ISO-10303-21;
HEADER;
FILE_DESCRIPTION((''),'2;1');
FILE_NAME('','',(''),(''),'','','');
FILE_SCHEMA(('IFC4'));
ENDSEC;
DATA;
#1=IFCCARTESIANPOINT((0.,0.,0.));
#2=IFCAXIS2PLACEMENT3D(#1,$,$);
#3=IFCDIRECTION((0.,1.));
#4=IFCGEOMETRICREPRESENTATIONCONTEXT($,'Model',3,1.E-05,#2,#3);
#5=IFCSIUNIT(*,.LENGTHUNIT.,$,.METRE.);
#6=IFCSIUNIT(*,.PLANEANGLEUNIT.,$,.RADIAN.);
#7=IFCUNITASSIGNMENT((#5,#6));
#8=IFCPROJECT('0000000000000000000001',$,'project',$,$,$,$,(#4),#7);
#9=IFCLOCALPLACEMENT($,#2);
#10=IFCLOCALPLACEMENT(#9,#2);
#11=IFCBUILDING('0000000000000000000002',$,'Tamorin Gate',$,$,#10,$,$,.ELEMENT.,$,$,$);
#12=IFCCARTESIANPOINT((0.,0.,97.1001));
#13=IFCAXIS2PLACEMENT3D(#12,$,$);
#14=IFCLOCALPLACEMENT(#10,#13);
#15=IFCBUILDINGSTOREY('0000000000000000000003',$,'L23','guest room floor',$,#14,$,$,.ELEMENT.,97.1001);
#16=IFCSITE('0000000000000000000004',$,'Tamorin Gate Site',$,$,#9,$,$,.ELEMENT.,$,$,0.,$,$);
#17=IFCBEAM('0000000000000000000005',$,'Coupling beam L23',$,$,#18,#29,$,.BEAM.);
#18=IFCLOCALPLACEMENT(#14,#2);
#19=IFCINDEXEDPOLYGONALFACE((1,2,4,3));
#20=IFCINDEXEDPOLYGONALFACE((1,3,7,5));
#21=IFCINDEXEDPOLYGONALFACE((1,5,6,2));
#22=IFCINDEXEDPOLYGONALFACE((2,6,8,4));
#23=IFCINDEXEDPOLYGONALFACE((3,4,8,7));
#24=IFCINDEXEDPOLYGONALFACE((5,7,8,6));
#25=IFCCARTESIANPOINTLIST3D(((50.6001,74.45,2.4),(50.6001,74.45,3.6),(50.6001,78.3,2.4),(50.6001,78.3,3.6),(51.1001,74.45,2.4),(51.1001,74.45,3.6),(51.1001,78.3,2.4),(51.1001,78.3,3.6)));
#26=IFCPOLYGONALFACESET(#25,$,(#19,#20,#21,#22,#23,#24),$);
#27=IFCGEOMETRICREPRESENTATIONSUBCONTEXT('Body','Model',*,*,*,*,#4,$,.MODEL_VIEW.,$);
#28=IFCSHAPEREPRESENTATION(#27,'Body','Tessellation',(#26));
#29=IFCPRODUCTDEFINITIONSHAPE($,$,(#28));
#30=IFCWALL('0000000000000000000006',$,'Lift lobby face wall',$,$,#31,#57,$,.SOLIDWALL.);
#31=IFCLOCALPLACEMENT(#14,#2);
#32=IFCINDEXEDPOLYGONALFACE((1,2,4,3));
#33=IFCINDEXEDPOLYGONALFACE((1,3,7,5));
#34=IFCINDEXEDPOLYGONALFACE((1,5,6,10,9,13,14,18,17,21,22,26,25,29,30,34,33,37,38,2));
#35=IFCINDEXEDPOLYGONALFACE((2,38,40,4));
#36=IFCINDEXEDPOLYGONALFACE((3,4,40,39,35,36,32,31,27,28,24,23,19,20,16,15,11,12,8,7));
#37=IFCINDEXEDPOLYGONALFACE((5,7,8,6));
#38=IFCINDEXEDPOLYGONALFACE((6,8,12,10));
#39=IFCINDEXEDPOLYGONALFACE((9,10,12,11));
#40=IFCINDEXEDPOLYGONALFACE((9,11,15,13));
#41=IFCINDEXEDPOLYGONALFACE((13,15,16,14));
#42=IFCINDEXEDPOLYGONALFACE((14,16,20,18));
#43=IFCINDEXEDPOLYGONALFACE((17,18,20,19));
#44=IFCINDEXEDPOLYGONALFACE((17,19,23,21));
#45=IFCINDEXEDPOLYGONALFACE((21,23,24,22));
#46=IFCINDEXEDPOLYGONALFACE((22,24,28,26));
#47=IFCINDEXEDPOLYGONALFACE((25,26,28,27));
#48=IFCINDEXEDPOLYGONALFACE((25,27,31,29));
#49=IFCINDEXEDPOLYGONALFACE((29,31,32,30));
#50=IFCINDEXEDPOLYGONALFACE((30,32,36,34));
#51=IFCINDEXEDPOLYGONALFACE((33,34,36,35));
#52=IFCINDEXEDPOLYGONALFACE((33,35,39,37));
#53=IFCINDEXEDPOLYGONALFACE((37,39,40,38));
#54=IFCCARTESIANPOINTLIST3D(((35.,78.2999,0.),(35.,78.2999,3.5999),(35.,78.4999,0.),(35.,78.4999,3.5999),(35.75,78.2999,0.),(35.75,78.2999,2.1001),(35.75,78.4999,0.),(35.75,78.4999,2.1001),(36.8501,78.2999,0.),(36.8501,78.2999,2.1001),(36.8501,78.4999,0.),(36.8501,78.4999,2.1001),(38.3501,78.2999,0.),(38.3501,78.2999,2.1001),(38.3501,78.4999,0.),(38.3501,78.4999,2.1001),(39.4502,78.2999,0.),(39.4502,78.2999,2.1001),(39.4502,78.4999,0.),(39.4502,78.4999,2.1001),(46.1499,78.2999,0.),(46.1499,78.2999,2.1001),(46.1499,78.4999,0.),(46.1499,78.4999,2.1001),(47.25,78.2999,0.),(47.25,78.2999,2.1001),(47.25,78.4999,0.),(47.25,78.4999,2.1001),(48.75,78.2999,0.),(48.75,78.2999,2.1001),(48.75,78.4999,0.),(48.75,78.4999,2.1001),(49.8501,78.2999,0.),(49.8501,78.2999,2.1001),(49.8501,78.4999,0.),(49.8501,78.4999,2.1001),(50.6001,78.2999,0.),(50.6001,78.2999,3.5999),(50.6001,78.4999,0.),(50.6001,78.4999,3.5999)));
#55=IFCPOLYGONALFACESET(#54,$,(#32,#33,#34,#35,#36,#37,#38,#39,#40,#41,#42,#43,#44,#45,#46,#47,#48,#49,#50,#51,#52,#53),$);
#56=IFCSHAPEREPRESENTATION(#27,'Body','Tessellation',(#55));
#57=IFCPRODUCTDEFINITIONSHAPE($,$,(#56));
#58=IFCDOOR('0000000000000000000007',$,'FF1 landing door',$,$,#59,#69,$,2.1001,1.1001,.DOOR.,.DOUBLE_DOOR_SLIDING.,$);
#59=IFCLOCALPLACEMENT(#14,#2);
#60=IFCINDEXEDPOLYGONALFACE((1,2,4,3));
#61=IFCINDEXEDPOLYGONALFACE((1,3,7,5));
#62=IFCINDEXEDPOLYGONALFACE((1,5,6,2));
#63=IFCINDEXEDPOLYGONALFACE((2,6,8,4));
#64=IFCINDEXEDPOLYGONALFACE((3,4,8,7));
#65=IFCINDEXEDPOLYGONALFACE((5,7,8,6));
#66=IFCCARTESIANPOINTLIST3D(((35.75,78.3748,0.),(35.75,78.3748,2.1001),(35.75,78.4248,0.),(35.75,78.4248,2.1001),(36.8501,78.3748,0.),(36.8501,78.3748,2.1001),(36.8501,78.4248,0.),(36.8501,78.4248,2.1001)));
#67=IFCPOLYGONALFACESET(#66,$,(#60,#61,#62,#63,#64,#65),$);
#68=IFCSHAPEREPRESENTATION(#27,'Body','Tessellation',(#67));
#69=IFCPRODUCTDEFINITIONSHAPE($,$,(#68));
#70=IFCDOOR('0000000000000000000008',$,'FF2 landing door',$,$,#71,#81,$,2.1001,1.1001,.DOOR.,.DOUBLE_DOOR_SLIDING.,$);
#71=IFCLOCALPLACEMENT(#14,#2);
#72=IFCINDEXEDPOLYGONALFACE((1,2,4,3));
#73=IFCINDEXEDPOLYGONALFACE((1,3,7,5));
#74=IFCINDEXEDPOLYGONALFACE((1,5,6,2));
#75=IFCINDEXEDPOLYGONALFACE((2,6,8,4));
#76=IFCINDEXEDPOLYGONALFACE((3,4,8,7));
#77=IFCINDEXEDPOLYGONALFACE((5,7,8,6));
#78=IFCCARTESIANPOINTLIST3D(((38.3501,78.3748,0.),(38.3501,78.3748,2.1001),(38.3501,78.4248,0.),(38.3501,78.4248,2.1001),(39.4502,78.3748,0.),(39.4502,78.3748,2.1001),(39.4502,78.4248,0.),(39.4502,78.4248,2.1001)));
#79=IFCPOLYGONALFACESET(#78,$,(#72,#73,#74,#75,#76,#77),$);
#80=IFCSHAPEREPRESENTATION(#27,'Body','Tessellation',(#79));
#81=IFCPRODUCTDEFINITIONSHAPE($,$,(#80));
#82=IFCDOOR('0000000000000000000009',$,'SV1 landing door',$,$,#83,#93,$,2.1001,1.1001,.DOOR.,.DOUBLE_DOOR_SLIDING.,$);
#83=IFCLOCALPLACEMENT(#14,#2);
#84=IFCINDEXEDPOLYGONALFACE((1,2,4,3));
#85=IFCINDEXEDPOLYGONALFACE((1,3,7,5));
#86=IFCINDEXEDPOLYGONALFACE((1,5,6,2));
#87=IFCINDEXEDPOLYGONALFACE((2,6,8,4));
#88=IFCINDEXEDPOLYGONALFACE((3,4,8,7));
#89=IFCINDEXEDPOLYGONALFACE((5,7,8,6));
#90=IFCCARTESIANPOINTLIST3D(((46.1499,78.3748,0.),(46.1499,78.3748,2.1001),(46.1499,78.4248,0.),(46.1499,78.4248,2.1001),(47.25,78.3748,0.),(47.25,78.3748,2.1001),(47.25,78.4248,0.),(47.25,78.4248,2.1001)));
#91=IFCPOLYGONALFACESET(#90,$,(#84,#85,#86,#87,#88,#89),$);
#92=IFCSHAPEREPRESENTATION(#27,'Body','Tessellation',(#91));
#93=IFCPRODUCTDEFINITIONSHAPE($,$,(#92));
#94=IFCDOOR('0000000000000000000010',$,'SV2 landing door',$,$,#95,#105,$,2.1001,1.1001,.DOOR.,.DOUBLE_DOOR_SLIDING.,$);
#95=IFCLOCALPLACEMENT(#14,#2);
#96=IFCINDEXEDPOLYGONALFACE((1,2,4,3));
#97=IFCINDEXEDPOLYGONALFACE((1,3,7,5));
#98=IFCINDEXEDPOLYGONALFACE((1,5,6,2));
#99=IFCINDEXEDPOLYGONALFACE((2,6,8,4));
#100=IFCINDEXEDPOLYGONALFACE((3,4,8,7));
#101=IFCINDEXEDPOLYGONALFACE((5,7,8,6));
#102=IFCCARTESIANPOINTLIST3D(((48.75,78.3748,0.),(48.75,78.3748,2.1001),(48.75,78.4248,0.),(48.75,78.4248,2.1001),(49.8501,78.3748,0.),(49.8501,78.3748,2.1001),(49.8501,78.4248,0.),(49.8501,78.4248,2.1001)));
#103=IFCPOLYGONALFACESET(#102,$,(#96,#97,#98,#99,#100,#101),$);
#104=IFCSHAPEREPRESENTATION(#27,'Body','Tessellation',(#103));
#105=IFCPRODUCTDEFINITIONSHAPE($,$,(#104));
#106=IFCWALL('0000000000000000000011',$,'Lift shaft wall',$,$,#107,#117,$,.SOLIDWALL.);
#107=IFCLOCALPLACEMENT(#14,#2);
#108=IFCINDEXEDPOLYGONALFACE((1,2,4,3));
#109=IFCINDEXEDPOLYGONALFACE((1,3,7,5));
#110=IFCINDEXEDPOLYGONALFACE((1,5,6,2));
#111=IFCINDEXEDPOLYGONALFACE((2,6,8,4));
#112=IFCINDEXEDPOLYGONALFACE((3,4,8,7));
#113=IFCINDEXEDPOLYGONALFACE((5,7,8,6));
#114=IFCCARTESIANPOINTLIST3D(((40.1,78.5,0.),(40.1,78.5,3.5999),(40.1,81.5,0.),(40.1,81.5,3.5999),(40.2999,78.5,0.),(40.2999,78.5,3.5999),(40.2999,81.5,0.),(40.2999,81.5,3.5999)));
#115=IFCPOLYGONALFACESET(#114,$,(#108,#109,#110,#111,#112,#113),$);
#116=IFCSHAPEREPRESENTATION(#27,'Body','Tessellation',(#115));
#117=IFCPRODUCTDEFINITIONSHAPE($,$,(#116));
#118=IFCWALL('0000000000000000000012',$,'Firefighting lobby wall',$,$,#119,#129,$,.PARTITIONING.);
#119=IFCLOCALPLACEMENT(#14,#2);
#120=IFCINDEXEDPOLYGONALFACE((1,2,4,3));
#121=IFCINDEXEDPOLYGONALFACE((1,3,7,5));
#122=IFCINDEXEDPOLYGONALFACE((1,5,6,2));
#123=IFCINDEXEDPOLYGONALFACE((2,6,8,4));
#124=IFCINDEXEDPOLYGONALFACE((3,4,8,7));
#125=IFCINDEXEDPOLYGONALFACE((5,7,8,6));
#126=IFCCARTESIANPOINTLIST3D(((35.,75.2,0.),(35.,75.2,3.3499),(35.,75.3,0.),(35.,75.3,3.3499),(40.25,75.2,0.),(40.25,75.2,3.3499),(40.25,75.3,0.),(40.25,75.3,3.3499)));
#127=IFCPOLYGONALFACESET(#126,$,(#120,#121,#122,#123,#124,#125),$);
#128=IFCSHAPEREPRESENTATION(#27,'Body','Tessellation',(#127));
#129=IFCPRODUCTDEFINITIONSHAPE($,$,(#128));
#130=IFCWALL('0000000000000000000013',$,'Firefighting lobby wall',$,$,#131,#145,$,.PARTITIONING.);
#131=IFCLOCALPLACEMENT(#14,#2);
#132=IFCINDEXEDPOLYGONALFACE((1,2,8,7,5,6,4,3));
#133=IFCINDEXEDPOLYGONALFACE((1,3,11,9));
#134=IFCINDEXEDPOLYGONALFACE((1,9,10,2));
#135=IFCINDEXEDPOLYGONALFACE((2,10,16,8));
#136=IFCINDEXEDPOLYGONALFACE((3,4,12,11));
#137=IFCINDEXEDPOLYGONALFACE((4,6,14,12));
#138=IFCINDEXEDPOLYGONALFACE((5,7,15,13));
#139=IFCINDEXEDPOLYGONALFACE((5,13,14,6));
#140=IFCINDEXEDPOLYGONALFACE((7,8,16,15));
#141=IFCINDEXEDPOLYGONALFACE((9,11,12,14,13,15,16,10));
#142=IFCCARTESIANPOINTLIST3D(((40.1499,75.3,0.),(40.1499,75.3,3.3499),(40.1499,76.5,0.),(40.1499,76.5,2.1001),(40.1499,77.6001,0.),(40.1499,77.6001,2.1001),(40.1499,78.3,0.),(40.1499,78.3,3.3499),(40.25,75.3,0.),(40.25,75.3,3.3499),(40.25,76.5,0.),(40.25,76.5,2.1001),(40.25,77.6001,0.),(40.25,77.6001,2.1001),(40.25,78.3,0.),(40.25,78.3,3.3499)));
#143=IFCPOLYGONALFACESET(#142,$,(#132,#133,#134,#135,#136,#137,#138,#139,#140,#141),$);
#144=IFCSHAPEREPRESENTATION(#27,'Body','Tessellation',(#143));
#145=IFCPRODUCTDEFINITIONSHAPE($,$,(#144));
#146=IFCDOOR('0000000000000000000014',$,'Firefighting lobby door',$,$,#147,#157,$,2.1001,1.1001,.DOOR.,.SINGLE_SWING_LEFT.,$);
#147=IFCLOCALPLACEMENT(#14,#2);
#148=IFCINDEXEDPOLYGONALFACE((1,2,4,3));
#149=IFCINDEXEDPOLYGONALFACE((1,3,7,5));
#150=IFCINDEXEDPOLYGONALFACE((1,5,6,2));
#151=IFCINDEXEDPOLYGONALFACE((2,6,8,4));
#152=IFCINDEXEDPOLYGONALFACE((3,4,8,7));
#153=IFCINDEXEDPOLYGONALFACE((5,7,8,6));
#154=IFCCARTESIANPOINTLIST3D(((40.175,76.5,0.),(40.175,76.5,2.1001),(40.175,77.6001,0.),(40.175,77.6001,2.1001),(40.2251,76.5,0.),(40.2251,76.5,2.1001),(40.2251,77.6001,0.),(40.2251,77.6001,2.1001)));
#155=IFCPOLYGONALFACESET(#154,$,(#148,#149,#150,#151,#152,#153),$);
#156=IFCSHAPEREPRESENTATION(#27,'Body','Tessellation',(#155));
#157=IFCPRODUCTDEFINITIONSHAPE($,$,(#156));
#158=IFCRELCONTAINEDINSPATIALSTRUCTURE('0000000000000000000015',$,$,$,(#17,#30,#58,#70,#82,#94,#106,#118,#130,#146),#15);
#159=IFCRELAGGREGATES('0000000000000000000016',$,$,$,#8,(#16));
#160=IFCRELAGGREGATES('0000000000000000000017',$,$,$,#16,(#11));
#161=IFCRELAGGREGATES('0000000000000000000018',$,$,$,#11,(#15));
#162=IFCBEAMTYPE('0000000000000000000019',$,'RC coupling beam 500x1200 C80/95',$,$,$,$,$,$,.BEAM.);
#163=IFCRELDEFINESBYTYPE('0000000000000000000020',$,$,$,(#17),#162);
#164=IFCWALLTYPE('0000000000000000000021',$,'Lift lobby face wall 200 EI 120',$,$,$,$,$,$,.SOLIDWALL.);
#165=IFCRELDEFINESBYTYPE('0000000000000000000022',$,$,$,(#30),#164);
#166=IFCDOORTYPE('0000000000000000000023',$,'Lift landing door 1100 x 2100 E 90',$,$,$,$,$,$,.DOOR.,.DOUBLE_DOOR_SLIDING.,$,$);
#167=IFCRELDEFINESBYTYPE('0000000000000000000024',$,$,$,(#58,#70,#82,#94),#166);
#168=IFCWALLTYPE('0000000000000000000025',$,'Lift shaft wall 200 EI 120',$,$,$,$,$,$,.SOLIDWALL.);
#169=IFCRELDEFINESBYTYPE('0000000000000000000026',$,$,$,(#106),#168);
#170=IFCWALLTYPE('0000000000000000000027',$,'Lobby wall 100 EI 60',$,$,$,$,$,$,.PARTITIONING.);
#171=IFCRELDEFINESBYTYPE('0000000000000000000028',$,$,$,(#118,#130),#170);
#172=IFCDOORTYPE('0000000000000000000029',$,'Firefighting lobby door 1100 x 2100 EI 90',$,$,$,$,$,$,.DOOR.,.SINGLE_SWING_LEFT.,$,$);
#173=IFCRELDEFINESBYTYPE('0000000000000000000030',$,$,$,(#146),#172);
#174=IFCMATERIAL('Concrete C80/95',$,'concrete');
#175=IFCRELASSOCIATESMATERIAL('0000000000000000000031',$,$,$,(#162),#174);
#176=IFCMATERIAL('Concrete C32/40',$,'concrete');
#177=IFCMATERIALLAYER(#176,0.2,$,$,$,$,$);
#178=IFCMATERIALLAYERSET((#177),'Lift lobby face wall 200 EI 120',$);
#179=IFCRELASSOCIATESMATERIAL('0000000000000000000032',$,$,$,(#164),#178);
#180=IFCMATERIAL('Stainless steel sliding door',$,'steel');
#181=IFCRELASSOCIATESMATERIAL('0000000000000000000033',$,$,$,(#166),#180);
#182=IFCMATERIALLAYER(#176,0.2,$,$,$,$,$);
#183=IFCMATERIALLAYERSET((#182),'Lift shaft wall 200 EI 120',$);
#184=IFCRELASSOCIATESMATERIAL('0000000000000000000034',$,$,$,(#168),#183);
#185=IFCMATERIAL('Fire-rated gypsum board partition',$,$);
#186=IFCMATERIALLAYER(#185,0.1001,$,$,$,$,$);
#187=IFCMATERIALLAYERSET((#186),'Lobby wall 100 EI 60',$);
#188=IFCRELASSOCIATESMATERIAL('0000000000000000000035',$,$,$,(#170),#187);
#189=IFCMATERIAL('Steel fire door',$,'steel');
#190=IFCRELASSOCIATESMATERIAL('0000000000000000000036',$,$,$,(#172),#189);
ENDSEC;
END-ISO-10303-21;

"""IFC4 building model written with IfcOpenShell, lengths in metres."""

from ifc_helpers import new_model, si_unit, direction, frame, frame_2d, origin, origin_2d, place, context, subcontext, project, spatial, rectangle, extrude, material, layer, layer_set, material_profile, profile_set, type_object, element, fill, save


model = new_model("IFC4")

# Units and contexts
model_context = context("Model", 3, precision=1e-05, world=origin(), true_north=direction((0.0, 1.0)))
body_context = subcontext(model_context, "Body", "Model", "MODEL_VIEW")
ifc_project = project(units=[si_unit("LENGTHUNIT", "METRE"), si_unit("PLANEANGLEUNIT", "RADIAN")], contexts=[model_context])

# Site, building, storey
site_placement = place(None, origin())
site = spatial("IfcSite", under=ifc_project, at=site_placement, Name="Tamorin Gate Site", CompositionType="ELEMENT", RefElevation=0.0)
building_placement = place(site_placement, origin())
building = spatial("IfcBuilding", under=site, at=building_placement, Name="Tamorin Gate", CompositionType="ELEMENT")
storey_placement = place(building_placement, frame((0.0, 0.0, 97.1001)))
storey = spatial("IfcBuildingStorey", under=building, at=storey_placement, Name="L23", Description="guest room floor", CompositionType="ELEMENT", Elevation=97.1001)

# Beam
ifc_material_1 = material(Name="Concrete C80/95", Category="concrete")
ifc_material_profile = material_profile(ifc_material_1, rectangle(XDim=0.5, YDim=1.2, at=origin_2d()), Name="RC 500x1200")
ifc_profile_set = profile_set([ifc_material_profile], Name="Concrete C80/95")
beam_type = type_object("IfcBeamType", Name="RC coupling beam 500x1200 C80/95", PredefinedType="BEAM", material=ifc_profile_set)
beam_placement = place(storey_placement, frame((50.8501, 74.45, 3.0), z_axis=(0.0, 1.0, 0.0), x_axis=(-1.0, 0.0, 0.0)))
element("IfcBeam", 1, at=beam_placement, inside=storey, type_object=beam_type, Name="Coupling beam L23", PredefinedType="BEAM", context=body_context, shape_type="SweptSolid", body=[
    extrude(rectangle(XDim=0.5, YDim=1.2, at=origin_2d()), origin(), (0.0, 0.0, 1.0), 3.8501),
])

# Wall, openings, doors
ifc_material_2 = material(Name="Concrete C32/40", Category="concrete")
ifc_layer_1 = layer(ifc_material_2, 0.2)
ifc_layer_set_1 = layer_set([ifc_layer_1], Name="Lift lobby face wall 200 EI 120")
wall_type_1 = type_object("IfcWallType", Name="Lift lobby face wall 200 EI 120", PredefinedType="SOLIDWALL", material=ifc_layer_set_1)
wall_1_placement = place(storey_placement, frame((35.0, 78.3999, 0.0), z_axis=(0.0, 0.0, 1.0), x_axis=(1.0, 0.0, 0.0)))
wall_1 = element("IfcWall", 2, at=wall_1_placement, inside=storey, type_object=wall_type_1, Name="Lift lobby face wall", PredefinedType="SOLIDWALL", context=body_context, shape_type="SweptSolid", body=[
    extrude(rectangle(XDim=15.6001, YDim=0.2, at=frame_2d((7.8, 0.0))), origin(), (0.0, 0.0, 1.0), 3.5999),
])
opening_1_placement = place(wall_1_placement, frame((0.75, 0.0, 0.0)))
opening_1 = element("IfcOpeningElement", 3, at=opening_1_placement, cuts=wall_1, PredefinedType="OPENING", context=body_context, shape_type="SweptSolid", body=[
    extrude(rectangle(XDim=1.1001, YDim=2.1001, at=frame_2d((0.55, 1.05))), frame((0.0, 0.1099, 0.0), z_axis=(0.0, -1.0, 0.0), x_axis=(1.0, 0.0, 0.0)), (0.0, 0.0, 1.0), 0.22),
])
opening_2_placement = place(wall_1_placement, frame((3.3501, 0.0, 0.0)))
opening_2 = element("IfcOpeningElement", 4, at=opening_2_placement, cuts=wall_1, PredefinedType="OPENING", context=body_context, shape_type="SweptSolid", body=[
    extrude(rectangle(XDim=1.1001, YDim=2.1001, at=frame_2d((0.55, 1.05))), frame((0.0, 0.1099, 0.0), z_axis=(0.0, -1.0, 0.0), x_axis=(1.0, 0.0, 0.0)), (0.0, 0.0, 1.0), 0.22),
])
opening_3_placement = place(wall_1_placement, frame((11.1499, 0.0, 0.0)))
opening_3 = element("IfcOpeningElement", 5, at=opening_3_placement, cuts=wall_1, PredefinedType="OPENING", context=body_context, shape_type="SweptSolid", body=[
    extrude(rectangle(XDim=1.1001, YDim=2.1001, at=frame_2d((0.55, 1.05))), frame((0.0, 0.1099, 0.0), z_axis=(0.0, -1.0, 0.0), x_axis=(1.0, 0.0, 0.0)), (0.0, 0.0, 1.0), 0.22),
])
opening_4_placement = place(wall_1_placement, frame((13.75, 0.0, 0.0)))
opening_4 = element("IfcOpeningElement", 6, at=opening_4_placement, cuts=wall_1, PredefinedType="OPENING", context=body_context, shape_type="SweptSolid", body=[
    extrude(rectangle(XDim=1.1001, YDim=2.1001, at=frame_2d((0.55, 1.05))), frame((0.0, 0.1099, 0.0), z_axis=(0.0, -1.0, 0.0), x_axis=(1.0, 0.0, 0.0)), (0.0, 0.0, 1.0), 0.22),
])
ifc_material_3 = material(Name="Stainless steel sliding door", Category="steel")
door_type_1 = type_object("IfcDoorType", Name="Lift landing door 1100 x 2100 E 90", OperationType="DOUBLE_DOOR_SLIDING", PredefinedType="DOOR", material=ifc_material_3)
door_1_placement = place(opening_1_placement, origin())
door_1 = element("IfcDoor", 7, at=door_1_placement, inside=storey, type_object=door_type_1, Name="FF1 landing door", OperationType="DOUBLE_DOOR_SLIDING", OverallHeight=2.1001, OverallWidth=1.1001, PredefinedType="DOOR", context=body_context, shape_type="SweptSolid", body=[
    extrude(rectangle(XDim=1.1001, YDim=2.1001, at=frame_2d((0.55, 1.05))), frame((0.0, 0.0249, 0.0), z_axis=(0.0, -1.0, 0.0), x_axis=(1.0, 0.0, 0.0)), (0.0, 0.0, 1.0), 0.05),
])
fill(opening_1, door_1)
door_2_placement = place(opening_2_placement, origin())
door_2 = element("IfcDoor", 8, at=door_2_placement, inside=storey, type_object=door_type_1, Name="FF2 landing door", OperationType="DOUBLE_DOOR_SLIDING", OverallHeight=2.1001, OverallWidth=1.1001, PredefinedType="DOOR", context=body_context, shape_type="SweptSolid", body=[
    extrude(rectangle(XDim=1.1001, YDim=2.1001, at=frame_2d((0.55, 1.05))), frame((0.0, 0.0249, 0.0), z_axis=(0.0, -1.0, 0.0), x_axis=(1.0, 0.0, 0.0)), (0.0, 0.0, 1.0), 0.05),
])
fill(opening_2, door_2)
door_3_placement = place(opening_3_placement, origin())
door_3 = element("IfcDoor", 9, at=door_3_placement, inside=storey, type_object=door_type_1, Name="SV1 landing door", OperationType="DOUBLE_DOOR_SLIDING", OverallHeight=2.1001, OverallWidth=1.1001, PredefinedType="DOOR", context=body_context, shape_type="SweptSolid", body=[
    extrude(rectangle(XDim=1.1001, YDim=2.1001, at=frame_2d((0.55, 1.05))), frame((0.0, 0.0249, 0.0), z_axis=(0.0, -1.0, 0.0), x_axis=(1.0, 0.0, 0.0)), (0.0, 0.0, 1.0), 0.05),
])
fill(opening_3, door_3)
door_4_placement = place(opening_4_placement, origin())
door_4 = element("IfcDoor", 10, at=door_4_placement, inside=storey, type_object=door_type_1, Name="SV2 landing door", OperationType="DOUBLE_DOOR_SLIDING", OverallHeight=2.1001, OverallWidth=1.1001, PredefinedType="DOOR", context=body_context, shape_type="SweptSolid", body=[
    extrude(rectangle(XDim=1.1001, YDim=2.1001, at=frame_2d((0.55, 1.05))), frame((0.0, 0.0249, 0.0), z_axis=(0.0, -1.0, 0.0), x_axis=(1.0, 0.0, 0.0)), (0.0, 0.0, 1.0), 0.05),
])
fill(opening_4, door_4)

# Walls
ifc_layer_2 = layer(ifc_material_2, 0.2)
ifc_layer_set_2 = layer_set([ifc_layer_2], Name="Lift shaft wall 200 EI 120")
wall_type_2 = type_object("IfcWallType", Name="Lift shaft wall 200 EI 120", PredefinedType="SOLIDWALL", material=ifc_layer_set_2)
wall_2_placement = place(storey_placement, frame((40.2, 78.5, 0.0), z_axis=(0.0, 0.0, 1.0), x_axis=(0.0, 1.0, 0.0)))
element("IfcWall", 11, at=wall_2_placement, inside=storey, type_object=wall_type_2, Name="Lift shaft wall", PredefinedType="SOLIDWALL", context=body_context, shape_type="SweptSolid", body=[
    extrude(rectangle(XDim=3.0, YDim=0.2, at=frame_2d((1.5, 0.0))), origin(), (0.0, 0.0, 1.0), 3.5999),
])
ifc_material_4 = material(Name="Fire-rated gypsum board partition")
ifc_layer_3 = layer(ifc_material_4, 0.1001)
ifc_layer_set_3 = layer_set([ifc_layer_3], Name="Lobby wall 100 EI 60")
wall_type_3 = type_object("IfcWallType", Name="Lobby wall 100 EI 60", PredefinedType="PARTITIONING", material=ifc_layer_set_3)
wall_3_placement = place(storey_placement, frame((35.0, 75.25, 0.0), z_axis=(0.0, 0.0, 1.0), x_axis=(1.0, 0.0, 0.0)))
element("IfcWall", 12, at=wall_3_placement, inside=storey, type_object=wall_type_3, Name="Firefighting lobby wall", PredefinedType="PARTITIONING", context=body_context, shape_type="SweptSolid", body=[
    extrude(rectangle(XDim=5.25, YDim=0.1001, at=frame_2d((2.625, 0.0))), origin(), (0.0, 0.0, 1.0), 3.3499),
])

# Wall, opening, door
wall_4_placement = place(storey_placement, frame((40.2, 75.3, 0.0), z_axis=(0.0, 0.0, 1.0), x_axis=(0.0, 1.0, 0.0)))
wall_4 = element("IfcWall", 13, at=wall_4_placement, inside=storey, type_object=wall_type_3, Name="Firefighting lobby wall", PredefinedType="PARTITIONING", context=body_context, shape_type="SweptSolid", body=[
    extrude(rectangle(XDim=3.0, YDim=0.1001, at=frame_2d((1.5, 0.0))), origin(), (0.0, 0.0, 1.0), 3.3499),
])
opening_5_placement = place(wall_4_placement, frame((1.2, 0.0, 0.0)))
opening_5 = element("IfcOpeningElement", 14, at=opening_5_placement, cuts=wall_4, PredefinedType="OPENING", context=body_context, shape_type="SweptSolid", body=[
    extrude(rectangle(XDim=1.1001, YDim=2.1001, at=frame_2d((0.55, 1.05))), frame((0.0, 0.0601, 0.0), z_axis=(0.0, -1.0, 0.0), x_axis=(1.0, 0.0, 0.0)), (0.0, 0.0, 1.0), 0.1201),
])
ifc_material_5 = material(Name="Steel fire door", Category="steel")
door_type_2 = type_object("IfcDoorType", Name="Firefighting lobby door 1100 x 2100 EI 90", OperationType="SINGLE_SWING_LEFT", PredefinedType="DOOR", material=ifc_material_5)
door_5_placement = place(opening_5_placement, origin())
door_5 = element("IfcDoor", 15, at=door_5_placement, inside=storey, type_object=door_type_2, Name="Firefighting lobby door", OperationType="SINGLE_SWING_LEFT", OverallHeight=2.1001, OverallWidth=1.1001, PredefinedType="DOOR", context=body_context, shape_type="SweptSolid", body=[
    extrude(rectangle(XDim=1.1001, YDim=2.1001, at=frame_2d((0.55, 1.05))), frame((0.0, 0.0249, 0.0), z_axis=(0.0, -1.0, 0.0), x_axis=(1.0, 0.0, 0.0)), (0.0, 0.0, 1.0), 0.05),
])
fill(opening_5, door_5)

save(model, "model.ifc")
